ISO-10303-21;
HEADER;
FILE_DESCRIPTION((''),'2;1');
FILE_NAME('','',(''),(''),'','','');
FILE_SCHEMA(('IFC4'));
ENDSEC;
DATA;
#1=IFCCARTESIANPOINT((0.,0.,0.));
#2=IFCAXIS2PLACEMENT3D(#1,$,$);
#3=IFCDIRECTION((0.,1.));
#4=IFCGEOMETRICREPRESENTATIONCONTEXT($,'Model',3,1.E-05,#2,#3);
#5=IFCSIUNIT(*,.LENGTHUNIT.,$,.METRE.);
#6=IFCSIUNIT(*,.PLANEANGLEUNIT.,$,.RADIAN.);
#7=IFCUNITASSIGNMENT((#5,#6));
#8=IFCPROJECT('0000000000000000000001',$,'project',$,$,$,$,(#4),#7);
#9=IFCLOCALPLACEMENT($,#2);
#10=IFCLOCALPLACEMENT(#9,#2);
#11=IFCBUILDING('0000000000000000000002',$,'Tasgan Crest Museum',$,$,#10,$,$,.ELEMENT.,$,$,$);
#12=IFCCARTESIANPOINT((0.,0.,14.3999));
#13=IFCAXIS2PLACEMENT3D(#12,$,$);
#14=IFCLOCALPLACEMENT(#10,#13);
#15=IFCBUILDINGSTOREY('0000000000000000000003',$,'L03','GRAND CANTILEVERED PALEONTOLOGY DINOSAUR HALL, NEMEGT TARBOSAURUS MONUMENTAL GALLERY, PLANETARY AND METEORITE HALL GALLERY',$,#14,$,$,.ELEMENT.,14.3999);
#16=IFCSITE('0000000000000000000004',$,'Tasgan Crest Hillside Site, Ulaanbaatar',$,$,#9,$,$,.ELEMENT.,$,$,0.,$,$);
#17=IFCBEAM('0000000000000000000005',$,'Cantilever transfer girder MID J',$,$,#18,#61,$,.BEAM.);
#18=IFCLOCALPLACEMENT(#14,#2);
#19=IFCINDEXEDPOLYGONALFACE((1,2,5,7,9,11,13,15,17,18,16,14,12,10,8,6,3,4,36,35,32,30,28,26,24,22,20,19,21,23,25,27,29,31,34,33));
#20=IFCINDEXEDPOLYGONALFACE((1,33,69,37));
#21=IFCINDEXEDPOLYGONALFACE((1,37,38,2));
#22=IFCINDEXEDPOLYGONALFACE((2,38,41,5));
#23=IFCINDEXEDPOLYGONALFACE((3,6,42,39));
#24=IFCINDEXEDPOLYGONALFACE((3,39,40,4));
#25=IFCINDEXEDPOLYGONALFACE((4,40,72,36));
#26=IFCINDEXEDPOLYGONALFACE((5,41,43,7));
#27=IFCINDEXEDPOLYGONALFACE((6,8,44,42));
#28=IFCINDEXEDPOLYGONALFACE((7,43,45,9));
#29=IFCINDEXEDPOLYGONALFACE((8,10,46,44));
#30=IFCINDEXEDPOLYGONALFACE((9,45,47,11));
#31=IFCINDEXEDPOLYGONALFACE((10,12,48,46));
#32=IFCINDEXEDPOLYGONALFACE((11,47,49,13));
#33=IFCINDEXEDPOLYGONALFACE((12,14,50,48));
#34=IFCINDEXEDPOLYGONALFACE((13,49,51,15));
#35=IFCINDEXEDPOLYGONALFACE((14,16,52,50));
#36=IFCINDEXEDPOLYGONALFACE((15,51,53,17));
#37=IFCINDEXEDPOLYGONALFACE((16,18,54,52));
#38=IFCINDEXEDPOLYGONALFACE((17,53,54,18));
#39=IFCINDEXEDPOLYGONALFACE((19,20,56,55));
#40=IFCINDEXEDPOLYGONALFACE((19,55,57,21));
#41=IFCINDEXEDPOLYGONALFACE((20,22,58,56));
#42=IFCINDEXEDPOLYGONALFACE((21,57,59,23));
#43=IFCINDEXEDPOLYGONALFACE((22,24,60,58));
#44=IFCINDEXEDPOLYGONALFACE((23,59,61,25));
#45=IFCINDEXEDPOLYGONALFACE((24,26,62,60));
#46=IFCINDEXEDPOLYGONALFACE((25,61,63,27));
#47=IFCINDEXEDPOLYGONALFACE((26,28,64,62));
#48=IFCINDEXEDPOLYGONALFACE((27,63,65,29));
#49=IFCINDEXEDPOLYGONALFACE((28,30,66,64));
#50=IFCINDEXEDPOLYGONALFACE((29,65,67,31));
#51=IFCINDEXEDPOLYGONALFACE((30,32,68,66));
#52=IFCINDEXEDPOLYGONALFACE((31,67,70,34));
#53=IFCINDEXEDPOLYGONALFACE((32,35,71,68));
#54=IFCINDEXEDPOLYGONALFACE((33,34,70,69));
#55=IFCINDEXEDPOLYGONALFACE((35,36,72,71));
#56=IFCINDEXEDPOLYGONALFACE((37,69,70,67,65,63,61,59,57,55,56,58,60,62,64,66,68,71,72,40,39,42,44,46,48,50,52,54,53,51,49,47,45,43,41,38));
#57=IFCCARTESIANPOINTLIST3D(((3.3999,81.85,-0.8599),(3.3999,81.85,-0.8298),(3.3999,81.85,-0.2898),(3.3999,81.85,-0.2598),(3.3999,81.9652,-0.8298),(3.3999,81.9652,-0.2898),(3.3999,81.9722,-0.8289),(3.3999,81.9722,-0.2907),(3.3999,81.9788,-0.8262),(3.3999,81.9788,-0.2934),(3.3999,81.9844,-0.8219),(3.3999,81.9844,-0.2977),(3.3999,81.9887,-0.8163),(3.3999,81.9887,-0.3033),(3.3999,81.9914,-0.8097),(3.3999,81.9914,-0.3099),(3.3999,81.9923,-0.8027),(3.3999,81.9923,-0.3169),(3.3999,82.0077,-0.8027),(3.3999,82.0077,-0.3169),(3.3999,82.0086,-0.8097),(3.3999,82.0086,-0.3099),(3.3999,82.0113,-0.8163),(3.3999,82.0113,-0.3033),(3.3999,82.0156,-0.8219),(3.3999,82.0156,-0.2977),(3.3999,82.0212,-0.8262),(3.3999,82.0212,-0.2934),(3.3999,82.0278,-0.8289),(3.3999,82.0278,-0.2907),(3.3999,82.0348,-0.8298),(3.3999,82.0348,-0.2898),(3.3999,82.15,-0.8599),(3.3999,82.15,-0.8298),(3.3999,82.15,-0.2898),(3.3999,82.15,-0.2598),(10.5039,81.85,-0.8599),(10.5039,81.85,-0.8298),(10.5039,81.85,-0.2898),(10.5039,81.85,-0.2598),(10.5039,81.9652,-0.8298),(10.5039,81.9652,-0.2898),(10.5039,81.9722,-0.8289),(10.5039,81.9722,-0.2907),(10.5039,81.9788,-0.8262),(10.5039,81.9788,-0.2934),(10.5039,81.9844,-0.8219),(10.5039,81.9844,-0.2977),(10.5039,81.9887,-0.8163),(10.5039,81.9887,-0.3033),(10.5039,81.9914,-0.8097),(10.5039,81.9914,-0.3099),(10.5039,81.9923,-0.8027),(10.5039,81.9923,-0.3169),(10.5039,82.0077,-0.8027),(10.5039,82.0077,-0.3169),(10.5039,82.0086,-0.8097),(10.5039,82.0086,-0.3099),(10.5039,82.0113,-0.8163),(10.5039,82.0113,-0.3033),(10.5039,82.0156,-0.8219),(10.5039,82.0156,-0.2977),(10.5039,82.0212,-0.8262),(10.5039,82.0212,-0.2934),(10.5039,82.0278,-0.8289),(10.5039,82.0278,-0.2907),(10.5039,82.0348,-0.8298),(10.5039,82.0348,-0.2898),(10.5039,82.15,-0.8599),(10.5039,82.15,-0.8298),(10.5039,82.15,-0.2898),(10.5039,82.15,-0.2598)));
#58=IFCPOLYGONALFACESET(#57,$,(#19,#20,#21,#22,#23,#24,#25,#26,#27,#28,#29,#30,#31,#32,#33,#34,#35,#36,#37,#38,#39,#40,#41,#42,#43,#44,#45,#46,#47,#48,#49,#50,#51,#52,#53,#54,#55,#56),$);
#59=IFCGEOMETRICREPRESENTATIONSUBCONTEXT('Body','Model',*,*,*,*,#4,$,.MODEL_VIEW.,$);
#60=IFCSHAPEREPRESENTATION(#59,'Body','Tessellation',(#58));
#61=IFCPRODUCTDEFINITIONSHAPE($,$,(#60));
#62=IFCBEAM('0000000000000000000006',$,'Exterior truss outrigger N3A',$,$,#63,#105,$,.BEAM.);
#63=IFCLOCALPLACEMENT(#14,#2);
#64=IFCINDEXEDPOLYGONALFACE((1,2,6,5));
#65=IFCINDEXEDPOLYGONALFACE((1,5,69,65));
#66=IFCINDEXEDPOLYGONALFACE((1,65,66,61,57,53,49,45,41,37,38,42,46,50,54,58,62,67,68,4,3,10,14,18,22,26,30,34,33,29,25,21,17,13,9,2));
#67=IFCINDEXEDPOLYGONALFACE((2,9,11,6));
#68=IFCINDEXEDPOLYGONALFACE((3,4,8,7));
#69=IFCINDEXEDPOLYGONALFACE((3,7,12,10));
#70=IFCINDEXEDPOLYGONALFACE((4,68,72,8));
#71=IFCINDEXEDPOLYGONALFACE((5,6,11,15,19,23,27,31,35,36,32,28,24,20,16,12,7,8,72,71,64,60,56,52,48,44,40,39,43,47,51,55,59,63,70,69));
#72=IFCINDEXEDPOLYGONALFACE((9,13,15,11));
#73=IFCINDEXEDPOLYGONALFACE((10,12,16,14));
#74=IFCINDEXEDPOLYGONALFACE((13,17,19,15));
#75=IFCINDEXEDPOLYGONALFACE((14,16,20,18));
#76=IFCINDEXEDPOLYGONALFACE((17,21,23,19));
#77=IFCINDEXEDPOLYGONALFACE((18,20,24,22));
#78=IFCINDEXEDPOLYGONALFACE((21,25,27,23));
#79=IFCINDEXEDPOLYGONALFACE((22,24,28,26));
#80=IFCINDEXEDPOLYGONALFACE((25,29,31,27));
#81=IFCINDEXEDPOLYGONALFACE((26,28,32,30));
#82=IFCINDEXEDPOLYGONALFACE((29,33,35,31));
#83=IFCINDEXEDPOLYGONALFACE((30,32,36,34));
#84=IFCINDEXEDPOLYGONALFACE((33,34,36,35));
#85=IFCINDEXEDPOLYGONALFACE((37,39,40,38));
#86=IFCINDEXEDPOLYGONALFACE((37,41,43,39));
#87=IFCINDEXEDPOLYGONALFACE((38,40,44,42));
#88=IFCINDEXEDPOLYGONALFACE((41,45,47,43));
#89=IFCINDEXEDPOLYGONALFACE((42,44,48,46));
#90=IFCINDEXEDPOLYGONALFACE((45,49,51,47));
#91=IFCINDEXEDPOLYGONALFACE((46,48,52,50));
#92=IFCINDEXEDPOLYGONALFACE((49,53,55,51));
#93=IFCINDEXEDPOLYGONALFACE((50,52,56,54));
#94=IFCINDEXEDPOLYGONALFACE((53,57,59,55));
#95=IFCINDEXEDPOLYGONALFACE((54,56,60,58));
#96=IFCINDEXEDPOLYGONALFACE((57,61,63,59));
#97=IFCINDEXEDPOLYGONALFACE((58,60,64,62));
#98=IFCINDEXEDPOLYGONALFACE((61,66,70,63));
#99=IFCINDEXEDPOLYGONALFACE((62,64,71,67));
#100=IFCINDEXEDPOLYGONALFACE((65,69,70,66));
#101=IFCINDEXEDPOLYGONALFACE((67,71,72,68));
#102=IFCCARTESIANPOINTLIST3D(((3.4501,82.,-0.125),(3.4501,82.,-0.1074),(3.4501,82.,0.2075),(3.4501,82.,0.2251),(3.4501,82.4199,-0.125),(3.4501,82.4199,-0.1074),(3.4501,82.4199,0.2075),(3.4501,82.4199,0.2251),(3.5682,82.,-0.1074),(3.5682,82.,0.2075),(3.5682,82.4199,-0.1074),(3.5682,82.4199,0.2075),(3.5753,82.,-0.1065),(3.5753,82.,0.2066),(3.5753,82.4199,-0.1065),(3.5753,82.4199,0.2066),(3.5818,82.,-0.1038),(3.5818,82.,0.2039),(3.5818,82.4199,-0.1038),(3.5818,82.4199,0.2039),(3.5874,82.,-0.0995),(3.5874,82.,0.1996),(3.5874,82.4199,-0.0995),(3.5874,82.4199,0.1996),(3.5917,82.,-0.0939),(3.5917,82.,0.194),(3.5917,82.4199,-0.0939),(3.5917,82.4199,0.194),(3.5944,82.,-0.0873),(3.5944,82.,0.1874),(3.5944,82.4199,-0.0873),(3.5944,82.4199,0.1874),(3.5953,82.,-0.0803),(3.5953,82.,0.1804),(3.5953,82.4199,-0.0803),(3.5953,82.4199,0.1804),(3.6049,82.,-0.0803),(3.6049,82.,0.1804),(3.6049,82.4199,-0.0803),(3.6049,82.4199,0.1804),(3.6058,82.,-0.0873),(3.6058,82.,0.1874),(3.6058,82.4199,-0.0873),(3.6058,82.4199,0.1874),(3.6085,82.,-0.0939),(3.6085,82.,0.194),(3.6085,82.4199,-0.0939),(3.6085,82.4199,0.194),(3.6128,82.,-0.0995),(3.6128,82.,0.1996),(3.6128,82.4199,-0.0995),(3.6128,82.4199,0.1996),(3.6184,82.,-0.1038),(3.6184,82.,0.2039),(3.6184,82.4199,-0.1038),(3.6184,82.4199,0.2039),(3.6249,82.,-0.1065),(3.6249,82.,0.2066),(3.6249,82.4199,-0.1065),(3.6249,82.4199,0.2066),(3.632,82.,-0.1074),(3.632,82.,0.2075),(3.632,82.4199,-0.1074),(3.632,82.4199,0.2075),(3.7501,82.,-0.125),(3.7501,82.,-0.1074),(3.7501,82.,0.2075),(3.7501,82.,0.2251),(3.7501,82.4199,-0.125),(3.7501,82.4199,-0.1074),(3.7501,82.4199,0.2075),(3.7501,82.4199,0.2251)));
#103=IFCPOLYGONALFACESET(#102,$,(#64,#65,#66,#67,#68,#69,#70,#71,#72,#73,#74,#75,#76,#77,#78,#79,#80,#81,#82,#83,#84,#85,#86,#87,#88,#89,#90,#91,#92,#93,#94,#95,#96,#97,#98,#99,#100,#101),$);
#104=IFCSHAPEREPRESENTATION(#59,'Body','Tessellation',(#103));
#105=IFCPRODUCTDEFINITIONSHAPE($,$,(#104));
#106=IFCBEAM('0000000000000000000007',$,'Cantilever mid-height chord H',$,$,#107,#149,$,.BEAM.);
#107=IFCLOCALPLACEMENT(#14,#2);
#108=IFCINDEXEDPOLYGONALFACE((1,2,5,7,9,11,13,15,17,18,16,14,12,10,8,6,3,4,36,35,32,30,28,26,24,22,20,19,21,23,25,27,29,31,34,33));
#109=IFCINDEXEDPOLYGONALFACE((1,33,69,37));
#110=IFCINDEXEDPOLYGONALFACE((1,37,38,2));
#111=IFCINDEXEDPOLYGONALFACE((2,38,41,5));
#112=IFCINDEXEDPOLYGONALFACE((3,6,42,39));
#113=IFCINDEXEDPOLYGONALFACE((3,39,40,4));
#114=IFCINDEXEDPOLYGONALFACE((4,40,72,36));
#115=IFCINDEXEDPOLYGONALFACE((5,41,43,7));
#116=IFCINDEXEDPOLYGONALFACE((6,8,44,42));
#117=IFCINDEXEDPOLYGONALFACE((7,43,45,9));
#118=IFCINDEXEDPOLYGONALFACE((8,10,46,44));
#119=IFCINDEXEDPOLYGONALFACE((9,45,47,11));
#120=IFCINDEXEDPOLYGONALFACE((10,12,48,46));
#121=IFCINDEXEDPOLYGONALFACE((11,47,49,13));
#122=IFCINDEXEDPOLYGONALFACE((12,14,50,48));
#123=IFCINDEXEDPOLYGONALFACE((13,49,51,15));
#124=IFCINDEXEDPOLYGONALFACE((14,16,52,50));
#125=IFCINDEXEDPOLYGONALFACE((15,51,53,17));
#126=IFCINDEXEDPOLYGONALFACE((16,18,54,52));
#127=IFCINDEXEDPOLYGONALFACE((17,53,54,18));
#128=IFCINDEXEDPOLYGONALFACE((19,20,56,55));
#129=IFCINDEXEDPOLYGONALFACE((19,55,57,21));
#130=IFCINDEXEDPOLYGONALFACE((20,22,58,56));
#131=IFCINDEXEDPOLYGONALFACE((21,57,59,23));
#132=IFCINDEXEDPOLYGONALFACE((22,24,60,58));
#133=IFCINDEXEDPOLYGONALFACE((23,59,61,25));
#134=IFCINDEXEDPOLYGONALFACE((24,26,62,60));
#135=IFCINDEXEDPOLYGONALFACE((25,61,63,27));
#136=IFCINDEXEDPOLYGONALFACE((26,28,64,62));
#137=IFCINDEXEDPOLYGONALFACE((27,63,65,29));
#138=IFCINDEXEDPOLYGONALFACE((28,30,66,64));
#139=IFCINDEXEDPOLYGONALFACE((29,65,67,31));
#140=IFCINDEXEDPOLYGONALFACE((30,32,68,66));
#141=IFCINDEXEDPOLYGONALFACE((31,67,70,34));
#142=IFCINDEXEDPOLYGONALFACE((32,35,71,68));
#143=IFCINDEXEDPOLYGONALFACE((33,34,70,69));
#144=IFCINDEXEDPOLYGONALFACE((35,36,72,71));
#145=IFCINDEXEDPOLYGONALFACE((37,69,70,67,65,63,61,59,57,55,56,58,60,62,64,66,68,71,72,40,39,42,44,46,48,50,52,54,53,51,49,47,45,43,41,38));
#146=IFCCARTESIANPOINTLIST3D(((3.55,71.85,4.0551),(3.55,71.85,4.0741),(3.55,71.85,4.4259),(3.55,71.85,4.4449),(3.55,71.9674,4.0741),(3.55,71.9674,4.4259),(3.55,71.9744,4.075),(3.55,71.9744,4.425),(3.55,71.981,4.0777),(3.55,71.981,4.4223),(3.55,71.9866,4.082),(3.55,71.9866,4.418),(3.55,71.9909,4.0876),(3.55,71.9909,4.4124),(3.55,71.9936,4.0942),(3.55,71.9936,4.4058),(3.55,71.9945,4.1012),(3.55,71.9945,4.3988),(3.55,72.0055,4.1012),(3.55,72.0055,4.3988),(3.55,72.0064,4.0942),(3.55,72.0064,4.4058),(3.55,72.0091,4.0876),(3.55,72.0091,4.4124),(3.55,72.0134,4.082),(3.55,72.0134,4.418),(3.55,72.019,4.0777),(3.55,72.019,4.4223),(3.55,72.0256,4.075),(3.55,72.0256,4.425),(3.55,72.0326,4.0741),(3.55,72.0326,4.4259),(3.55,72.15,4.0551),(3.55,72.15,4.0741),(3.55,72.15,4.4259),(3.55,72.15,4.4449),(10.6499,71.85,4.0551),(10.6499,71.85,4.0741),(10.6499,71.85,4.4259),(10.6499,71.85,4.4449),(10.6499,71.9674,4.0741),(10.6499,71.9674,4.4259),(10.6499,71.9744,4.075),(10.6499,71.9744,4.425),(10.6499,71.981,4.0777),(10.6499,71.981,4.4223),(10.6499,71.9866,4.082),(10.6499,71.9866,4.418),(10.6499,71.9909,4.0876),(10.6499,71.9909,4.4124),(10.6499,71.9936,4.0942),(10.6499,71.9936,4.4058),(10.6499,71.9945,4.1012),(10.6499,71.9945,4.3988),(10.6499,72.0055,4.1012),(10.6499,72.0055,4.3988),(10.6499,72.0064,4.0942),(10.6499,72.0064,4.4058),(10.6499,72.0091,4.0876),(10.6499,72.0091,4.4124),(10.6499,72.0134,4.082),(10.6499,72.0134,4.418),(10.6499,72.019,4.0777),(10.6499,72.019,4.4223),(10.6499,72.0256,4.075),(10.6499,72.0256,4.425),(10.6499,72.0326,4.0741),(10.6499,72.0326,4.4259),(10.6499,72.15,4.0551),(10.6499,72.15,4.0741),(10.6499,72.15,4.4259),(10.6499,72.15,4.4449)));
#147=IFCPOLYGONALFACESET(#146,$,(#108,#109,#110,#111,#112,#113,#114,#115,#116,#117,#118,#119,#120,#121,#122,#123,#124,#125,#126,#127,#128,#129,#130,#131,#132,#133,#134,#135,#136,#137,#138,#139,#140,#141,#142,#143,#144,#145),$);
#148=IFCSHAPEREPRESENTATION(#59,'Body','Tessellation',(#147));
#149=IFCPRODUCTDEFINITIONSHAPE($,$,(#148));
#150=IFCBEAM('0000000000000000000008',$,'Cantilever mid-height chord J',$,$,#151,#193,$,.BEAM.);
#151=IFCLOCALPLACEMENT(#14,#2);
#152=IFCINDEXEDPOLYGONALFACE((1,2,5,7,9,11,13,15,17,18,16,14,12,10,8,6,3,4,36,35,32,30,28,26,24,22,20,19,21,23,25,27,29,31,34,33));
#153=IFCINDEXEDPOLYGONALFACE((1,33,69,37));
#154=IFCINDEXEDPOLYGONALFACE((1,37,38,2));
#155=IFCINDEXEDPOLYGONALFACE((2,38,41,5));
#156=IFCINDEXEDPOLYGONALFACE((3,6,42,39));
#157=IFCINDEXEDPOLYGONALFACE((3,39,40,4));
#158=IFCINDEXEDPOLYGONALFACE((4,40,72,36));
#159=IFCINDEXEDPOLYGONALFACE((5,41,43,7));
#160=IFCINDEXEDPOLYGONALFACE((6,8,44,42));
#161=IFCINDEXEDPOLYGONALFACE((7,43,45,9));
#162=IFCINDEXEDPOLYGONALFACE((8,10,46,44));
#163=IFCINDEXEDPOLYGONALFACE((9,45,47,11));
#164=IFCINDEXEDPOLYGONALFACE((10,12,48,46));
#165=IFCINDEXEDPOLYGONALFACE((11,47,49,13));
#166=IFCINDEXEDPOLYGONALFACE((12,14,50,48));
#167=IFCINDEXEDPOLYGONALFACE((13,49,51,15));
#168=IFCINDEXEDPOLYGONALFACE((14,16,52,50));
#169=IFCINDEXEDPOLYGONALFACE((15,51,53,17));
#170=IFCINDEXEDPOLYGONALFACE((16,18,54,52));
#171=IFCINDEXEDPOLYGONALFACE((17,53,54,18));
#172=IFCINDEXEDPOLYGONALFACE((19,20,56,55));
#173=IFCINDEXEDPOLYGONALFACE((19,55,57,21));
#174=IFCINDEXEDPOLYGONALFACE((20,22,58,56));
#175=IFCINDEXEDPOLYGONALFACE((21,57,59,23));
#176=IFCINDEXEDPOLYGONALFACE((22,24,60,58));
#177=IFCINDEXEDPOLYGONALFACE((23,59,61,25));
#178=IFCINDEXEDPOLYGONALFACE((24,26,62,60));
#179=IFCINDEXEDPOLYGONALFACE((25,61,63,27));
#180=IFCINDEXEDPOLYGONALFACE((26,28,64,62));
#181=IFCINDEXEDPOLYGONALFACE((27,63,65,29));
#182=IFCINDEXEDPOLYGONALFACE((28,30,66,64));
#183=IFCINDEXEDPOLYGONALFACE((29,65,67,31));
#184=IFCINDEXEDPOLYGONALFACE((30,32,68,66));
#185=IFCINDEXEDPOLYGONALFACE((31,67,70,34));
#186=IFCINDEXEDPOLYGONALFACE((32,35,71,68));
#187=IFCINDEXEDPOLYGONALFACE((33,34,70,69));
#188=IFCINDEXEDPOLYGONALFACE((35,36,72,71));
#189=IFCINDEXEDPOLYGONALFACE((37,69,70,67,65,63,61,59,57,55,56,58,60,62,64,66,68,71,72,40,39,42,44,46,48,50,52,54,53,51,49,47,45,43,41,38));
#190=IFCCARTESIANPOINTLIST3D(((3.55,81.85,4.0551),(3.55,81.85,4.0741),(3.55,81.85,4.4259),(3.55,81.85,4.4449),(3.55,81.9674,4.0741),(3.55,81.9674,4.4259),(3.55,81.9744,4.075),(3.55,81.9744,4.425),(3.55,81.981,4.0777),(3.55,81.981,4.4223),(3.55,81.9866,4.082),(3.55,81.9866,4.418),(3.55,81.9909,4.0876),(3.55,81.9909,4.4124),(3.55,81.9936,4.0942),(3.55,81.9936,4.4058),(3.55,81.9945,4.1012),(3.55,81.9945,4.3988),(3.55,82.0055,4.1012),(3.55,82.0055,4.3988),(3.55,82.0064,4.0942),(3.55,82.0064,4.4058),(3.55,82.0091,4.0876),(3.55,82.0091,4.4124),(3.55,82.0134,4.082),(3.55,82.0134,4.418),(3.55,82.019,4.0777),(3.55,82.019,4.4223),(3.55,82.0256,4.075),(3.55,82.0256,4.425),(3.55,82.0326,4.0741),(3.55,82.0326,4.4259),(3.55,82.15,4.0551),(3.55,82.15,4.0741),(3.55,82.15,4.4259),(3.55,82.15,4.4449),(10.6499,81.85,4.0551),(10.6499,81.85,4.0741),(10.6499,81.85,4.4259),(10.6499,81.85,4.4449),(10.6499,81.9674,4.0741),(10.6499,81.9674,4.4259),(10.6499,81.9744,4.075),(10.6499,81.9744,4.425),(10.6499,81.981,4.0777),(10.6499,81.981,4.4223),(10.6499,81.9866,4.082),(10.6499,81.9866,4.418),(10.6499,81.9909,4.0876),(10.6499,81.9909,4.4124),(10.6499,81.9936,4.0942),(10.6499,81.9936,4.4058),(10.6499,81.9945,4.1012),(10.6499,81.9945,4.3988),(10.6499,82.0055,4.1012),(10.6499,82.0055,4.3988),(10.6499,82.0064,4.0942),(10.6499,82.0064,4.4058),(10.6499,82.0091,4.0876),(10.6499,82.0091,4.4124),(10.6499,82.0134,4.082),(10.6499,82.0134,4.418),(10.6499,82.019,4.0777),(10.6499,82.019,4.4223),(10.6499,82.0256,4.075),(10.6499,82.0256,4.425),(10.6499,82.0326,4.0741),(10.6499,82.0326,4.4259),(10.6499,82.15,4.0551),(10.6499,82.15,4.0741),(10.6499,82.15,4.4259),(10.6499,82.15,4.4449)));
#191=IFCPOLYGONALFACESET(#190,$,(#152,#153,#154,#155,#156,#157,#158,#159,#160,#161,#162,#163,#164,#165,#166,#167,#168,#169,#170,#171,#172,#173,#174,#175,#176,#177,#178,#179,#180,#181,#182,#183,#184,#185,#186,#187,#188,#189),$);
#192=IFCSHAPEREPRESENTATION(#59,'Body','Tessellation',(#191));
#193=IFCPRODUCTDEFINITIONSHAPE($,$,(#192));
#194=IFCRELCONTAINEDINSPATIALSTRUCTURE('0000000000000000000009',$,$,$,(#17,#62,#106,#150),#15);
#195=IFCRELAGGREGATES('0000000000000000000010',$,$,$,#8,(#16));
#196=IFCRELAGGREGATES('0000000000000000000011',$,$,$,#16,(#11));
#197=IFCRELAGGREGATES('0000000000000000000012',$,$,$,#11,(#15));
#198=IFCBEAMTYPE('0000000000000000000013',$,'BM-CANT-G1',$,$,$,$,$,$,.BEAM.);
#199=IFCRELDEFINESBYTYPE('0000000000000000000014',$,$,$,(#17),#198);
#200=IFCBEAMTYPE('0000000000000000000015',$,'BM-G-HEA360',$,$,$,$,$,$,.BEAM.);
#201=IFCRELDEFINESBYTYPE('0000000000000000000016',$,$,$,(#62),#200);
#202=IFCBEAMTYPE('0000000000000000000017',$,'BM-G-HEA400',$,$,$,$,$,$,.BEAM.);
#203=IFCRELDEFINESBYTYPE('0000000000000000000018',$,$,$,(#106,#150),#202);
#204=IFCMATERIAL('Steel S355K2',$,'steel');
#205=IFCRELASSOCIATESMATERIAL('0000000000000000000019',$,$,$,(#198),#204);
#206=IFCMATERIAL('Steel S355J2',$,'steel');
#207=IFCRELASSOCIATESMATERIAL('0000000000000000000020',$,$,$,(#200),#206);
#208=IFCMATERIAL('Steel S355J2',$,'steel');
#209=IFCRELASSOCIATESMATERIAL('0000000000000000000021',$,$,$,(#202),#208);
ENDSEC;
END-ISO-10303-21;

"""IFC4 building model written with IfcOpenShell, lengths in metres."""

from ifc_helpers import new_model, si_unit, direction, frame, origin, origin_2d, place, context, subcontext, project, spatial, i_section, extrude, material, material_profile, profile_set, type_object, element, save


model = new_model("IFC4")

# Units and contexts
model_context = context("Model", 3, precision=1e-05, world=origin(), true_north=direction((0.0, 1.0)))
body_context = subcontext(model_context, "Body", "Model", "MODEL_VIEW")
ifc_project = project(units=[si_unit("LENGTHUNIT", "METRE"), si_unit("PLANEANGLEUNIT", "RADIAN")], contexts=[model_context])

# Site, building, storey
site_placement = place(None, origin())
site = spatial("IfcSite", under=ifc_project, at=site_placement, Name="Tasgan Crest Hillside Site, Ulaanbaatar", CompositionType="ELEMENT", RefElevation=0.0)
building_placement = place(site_placement, origin())
building = spatial("IfcBuilding", under=site, at=building_placement, Name="Tasgan Crest Museum", CompositionType="ELEMENT")
storey_placement = place(building_placement, frame((0.0, 0.0, 14.3999)))
storey = spatial("IfcBuildingStorey", under=building, at=storey_placement, Name="L03", Description="GRAND CANTILEVERED PALEONTOLOGY DINOSAUR HALL, NEMEGT TARBOSAURUS MONUMENTAL GALLERY, PLANETARY AND METEORITE HALL GALLERY", CompositionType="ELEMENT", Elevation=14.3999)

# Beams
ifc_material_1 = material(Name="Steel S355K2", Category="steel")
ifc_material_profile_1 = material_profile(ifc_material_1, i_section(OverallWidth=0.3, OverallDepth=0.6001, WebThickness=0.0154, FlangeThickness=0.03, FilletRadius=0.0271, at=origin_2d()), Name="HEB 600")
ifc_profile_set_1 = profile_set([ifc_material_profile_1], Name="Steel S355K2")
beam_type_1 = type_object("IfcBeamType", Name="BM-CANT-G1", PredefinedType="BEAM", material=ifc_profile_set_1)
beam_1_placement = place(storey_placement, frame((3.3999, 82.0, -0.5598), z_axis=(1.0, 0.0, 0.0), x_axis=(0.0, 1.0, 0.0)))
element("IfcBeam", 1, at=beam_1_placement, inside=storey, type_object=beam_type_1, Name="Cantilever transfer girder MID J", PredefinedType="BEAM", context=body_context, shape_type="SweptSolid", body=[
    extrude(i_section(OverallWidth=0.3, OverallDepth=0.6001, WebThickness=0.0154, FlangeThickness=0.03, FilletRadius=0.0271, at=origin_2d()), origin(), (0.0, 0.0, 1.0), 7.104),
])
ifc_material_2 = material(Name="Steel S355J2", Category="steel")
ifc_material_profile_2 = material_profile(ifc_material_2, i_section(OverallWidth=0.3, OverallDepth=0.3501, WebThickness=0.0095, FlangeThickness=0.0176, FilletRadius=0.0271, at=origin_2d()), Name="HEA 360")
ifc_profile_set_2 = profile_set([ifc_material_profile_2], Name="Steel S355J2")
beam_type_2 = type_object("IfcBeamType", Name="BM-G-HEA360", PredefinedType="BEAM", material=ifc_profile_set_2)
beam_2_placement = place(storey_placement, frame((3.6001, 82.0, 0.05), z_axis=(0.0, 1.0, 0.0), x_axis=(-1.0, 0.0, 0.0)))
element("IfcBeam", 2, at=beam_2_placement, inside=storey, type_object=beam_type_2, Name="Exterior truss outrigger N3A", PredefinedType="BEAM", context=body_context, shape_type="SweptSolid", body=[
    extrude(i_section(OverallWidth=0.3, OverallDepth=0.3501, WebThickness=0.0095, FlangeThickness=0.0176, FilletRadius=0.0271, at=origin_2d()), origin(), (0.0, 0.0, 1.0), 0.4199),
])
ifc_material_3 = material(Name="Steel S355J2", Category="steel")
ifc_material_profile_3 = material_profile(ifc_material_3, i_section(OverallWidth=0.3, OverallDepth=0.3899, WebThickness=0.011, FlangeThickness=0.019, FilletRadius=0.0271, at=origin_2d()), Name="HEA 400")
ifc_profile_set_3 = profile_set([ifc_material_profile_3], Name="Steel S355J2")
beam_type_3 = type_object("IfcBeamType", Name="BM-G-HEA400", PredefinedType="BEAM", material=ifc_profile_set_3)
for number, where, z_axis, x_axis, name in (
    (3, (3.55, 72.0, 4.25), (1.0, 0.0, 0.0), (0.0, 1.0, 0.0), "Cantilever mid-height chord H"),
    (4, (3.55, 82.0, 4.25), (1.0, 0.0, 0.0), (0.0, 1.0, 0.0), "Cantilever mid-height chord J"),
):
    element("IfcBeam", number, at=place(storey_placement, frame(where, z_axis=z_axis, x_axis=x_axis)), inside=storey, type_object=beam_type_3, Name=name, PredefinedType="BEAM", context=body_context, shape_type="SweptSolid", body=[
        extrude(i_section(OverallWidth=0.3, OverallDepth=0.3899, WebThickness=0.011, FlangeThickness=0.019, FilletRadius=0.0271, at=origin_2d()), origin(), (0.0, 0.0, 1.0), 7.0999),
    ])

save(model, "model.ifc")
